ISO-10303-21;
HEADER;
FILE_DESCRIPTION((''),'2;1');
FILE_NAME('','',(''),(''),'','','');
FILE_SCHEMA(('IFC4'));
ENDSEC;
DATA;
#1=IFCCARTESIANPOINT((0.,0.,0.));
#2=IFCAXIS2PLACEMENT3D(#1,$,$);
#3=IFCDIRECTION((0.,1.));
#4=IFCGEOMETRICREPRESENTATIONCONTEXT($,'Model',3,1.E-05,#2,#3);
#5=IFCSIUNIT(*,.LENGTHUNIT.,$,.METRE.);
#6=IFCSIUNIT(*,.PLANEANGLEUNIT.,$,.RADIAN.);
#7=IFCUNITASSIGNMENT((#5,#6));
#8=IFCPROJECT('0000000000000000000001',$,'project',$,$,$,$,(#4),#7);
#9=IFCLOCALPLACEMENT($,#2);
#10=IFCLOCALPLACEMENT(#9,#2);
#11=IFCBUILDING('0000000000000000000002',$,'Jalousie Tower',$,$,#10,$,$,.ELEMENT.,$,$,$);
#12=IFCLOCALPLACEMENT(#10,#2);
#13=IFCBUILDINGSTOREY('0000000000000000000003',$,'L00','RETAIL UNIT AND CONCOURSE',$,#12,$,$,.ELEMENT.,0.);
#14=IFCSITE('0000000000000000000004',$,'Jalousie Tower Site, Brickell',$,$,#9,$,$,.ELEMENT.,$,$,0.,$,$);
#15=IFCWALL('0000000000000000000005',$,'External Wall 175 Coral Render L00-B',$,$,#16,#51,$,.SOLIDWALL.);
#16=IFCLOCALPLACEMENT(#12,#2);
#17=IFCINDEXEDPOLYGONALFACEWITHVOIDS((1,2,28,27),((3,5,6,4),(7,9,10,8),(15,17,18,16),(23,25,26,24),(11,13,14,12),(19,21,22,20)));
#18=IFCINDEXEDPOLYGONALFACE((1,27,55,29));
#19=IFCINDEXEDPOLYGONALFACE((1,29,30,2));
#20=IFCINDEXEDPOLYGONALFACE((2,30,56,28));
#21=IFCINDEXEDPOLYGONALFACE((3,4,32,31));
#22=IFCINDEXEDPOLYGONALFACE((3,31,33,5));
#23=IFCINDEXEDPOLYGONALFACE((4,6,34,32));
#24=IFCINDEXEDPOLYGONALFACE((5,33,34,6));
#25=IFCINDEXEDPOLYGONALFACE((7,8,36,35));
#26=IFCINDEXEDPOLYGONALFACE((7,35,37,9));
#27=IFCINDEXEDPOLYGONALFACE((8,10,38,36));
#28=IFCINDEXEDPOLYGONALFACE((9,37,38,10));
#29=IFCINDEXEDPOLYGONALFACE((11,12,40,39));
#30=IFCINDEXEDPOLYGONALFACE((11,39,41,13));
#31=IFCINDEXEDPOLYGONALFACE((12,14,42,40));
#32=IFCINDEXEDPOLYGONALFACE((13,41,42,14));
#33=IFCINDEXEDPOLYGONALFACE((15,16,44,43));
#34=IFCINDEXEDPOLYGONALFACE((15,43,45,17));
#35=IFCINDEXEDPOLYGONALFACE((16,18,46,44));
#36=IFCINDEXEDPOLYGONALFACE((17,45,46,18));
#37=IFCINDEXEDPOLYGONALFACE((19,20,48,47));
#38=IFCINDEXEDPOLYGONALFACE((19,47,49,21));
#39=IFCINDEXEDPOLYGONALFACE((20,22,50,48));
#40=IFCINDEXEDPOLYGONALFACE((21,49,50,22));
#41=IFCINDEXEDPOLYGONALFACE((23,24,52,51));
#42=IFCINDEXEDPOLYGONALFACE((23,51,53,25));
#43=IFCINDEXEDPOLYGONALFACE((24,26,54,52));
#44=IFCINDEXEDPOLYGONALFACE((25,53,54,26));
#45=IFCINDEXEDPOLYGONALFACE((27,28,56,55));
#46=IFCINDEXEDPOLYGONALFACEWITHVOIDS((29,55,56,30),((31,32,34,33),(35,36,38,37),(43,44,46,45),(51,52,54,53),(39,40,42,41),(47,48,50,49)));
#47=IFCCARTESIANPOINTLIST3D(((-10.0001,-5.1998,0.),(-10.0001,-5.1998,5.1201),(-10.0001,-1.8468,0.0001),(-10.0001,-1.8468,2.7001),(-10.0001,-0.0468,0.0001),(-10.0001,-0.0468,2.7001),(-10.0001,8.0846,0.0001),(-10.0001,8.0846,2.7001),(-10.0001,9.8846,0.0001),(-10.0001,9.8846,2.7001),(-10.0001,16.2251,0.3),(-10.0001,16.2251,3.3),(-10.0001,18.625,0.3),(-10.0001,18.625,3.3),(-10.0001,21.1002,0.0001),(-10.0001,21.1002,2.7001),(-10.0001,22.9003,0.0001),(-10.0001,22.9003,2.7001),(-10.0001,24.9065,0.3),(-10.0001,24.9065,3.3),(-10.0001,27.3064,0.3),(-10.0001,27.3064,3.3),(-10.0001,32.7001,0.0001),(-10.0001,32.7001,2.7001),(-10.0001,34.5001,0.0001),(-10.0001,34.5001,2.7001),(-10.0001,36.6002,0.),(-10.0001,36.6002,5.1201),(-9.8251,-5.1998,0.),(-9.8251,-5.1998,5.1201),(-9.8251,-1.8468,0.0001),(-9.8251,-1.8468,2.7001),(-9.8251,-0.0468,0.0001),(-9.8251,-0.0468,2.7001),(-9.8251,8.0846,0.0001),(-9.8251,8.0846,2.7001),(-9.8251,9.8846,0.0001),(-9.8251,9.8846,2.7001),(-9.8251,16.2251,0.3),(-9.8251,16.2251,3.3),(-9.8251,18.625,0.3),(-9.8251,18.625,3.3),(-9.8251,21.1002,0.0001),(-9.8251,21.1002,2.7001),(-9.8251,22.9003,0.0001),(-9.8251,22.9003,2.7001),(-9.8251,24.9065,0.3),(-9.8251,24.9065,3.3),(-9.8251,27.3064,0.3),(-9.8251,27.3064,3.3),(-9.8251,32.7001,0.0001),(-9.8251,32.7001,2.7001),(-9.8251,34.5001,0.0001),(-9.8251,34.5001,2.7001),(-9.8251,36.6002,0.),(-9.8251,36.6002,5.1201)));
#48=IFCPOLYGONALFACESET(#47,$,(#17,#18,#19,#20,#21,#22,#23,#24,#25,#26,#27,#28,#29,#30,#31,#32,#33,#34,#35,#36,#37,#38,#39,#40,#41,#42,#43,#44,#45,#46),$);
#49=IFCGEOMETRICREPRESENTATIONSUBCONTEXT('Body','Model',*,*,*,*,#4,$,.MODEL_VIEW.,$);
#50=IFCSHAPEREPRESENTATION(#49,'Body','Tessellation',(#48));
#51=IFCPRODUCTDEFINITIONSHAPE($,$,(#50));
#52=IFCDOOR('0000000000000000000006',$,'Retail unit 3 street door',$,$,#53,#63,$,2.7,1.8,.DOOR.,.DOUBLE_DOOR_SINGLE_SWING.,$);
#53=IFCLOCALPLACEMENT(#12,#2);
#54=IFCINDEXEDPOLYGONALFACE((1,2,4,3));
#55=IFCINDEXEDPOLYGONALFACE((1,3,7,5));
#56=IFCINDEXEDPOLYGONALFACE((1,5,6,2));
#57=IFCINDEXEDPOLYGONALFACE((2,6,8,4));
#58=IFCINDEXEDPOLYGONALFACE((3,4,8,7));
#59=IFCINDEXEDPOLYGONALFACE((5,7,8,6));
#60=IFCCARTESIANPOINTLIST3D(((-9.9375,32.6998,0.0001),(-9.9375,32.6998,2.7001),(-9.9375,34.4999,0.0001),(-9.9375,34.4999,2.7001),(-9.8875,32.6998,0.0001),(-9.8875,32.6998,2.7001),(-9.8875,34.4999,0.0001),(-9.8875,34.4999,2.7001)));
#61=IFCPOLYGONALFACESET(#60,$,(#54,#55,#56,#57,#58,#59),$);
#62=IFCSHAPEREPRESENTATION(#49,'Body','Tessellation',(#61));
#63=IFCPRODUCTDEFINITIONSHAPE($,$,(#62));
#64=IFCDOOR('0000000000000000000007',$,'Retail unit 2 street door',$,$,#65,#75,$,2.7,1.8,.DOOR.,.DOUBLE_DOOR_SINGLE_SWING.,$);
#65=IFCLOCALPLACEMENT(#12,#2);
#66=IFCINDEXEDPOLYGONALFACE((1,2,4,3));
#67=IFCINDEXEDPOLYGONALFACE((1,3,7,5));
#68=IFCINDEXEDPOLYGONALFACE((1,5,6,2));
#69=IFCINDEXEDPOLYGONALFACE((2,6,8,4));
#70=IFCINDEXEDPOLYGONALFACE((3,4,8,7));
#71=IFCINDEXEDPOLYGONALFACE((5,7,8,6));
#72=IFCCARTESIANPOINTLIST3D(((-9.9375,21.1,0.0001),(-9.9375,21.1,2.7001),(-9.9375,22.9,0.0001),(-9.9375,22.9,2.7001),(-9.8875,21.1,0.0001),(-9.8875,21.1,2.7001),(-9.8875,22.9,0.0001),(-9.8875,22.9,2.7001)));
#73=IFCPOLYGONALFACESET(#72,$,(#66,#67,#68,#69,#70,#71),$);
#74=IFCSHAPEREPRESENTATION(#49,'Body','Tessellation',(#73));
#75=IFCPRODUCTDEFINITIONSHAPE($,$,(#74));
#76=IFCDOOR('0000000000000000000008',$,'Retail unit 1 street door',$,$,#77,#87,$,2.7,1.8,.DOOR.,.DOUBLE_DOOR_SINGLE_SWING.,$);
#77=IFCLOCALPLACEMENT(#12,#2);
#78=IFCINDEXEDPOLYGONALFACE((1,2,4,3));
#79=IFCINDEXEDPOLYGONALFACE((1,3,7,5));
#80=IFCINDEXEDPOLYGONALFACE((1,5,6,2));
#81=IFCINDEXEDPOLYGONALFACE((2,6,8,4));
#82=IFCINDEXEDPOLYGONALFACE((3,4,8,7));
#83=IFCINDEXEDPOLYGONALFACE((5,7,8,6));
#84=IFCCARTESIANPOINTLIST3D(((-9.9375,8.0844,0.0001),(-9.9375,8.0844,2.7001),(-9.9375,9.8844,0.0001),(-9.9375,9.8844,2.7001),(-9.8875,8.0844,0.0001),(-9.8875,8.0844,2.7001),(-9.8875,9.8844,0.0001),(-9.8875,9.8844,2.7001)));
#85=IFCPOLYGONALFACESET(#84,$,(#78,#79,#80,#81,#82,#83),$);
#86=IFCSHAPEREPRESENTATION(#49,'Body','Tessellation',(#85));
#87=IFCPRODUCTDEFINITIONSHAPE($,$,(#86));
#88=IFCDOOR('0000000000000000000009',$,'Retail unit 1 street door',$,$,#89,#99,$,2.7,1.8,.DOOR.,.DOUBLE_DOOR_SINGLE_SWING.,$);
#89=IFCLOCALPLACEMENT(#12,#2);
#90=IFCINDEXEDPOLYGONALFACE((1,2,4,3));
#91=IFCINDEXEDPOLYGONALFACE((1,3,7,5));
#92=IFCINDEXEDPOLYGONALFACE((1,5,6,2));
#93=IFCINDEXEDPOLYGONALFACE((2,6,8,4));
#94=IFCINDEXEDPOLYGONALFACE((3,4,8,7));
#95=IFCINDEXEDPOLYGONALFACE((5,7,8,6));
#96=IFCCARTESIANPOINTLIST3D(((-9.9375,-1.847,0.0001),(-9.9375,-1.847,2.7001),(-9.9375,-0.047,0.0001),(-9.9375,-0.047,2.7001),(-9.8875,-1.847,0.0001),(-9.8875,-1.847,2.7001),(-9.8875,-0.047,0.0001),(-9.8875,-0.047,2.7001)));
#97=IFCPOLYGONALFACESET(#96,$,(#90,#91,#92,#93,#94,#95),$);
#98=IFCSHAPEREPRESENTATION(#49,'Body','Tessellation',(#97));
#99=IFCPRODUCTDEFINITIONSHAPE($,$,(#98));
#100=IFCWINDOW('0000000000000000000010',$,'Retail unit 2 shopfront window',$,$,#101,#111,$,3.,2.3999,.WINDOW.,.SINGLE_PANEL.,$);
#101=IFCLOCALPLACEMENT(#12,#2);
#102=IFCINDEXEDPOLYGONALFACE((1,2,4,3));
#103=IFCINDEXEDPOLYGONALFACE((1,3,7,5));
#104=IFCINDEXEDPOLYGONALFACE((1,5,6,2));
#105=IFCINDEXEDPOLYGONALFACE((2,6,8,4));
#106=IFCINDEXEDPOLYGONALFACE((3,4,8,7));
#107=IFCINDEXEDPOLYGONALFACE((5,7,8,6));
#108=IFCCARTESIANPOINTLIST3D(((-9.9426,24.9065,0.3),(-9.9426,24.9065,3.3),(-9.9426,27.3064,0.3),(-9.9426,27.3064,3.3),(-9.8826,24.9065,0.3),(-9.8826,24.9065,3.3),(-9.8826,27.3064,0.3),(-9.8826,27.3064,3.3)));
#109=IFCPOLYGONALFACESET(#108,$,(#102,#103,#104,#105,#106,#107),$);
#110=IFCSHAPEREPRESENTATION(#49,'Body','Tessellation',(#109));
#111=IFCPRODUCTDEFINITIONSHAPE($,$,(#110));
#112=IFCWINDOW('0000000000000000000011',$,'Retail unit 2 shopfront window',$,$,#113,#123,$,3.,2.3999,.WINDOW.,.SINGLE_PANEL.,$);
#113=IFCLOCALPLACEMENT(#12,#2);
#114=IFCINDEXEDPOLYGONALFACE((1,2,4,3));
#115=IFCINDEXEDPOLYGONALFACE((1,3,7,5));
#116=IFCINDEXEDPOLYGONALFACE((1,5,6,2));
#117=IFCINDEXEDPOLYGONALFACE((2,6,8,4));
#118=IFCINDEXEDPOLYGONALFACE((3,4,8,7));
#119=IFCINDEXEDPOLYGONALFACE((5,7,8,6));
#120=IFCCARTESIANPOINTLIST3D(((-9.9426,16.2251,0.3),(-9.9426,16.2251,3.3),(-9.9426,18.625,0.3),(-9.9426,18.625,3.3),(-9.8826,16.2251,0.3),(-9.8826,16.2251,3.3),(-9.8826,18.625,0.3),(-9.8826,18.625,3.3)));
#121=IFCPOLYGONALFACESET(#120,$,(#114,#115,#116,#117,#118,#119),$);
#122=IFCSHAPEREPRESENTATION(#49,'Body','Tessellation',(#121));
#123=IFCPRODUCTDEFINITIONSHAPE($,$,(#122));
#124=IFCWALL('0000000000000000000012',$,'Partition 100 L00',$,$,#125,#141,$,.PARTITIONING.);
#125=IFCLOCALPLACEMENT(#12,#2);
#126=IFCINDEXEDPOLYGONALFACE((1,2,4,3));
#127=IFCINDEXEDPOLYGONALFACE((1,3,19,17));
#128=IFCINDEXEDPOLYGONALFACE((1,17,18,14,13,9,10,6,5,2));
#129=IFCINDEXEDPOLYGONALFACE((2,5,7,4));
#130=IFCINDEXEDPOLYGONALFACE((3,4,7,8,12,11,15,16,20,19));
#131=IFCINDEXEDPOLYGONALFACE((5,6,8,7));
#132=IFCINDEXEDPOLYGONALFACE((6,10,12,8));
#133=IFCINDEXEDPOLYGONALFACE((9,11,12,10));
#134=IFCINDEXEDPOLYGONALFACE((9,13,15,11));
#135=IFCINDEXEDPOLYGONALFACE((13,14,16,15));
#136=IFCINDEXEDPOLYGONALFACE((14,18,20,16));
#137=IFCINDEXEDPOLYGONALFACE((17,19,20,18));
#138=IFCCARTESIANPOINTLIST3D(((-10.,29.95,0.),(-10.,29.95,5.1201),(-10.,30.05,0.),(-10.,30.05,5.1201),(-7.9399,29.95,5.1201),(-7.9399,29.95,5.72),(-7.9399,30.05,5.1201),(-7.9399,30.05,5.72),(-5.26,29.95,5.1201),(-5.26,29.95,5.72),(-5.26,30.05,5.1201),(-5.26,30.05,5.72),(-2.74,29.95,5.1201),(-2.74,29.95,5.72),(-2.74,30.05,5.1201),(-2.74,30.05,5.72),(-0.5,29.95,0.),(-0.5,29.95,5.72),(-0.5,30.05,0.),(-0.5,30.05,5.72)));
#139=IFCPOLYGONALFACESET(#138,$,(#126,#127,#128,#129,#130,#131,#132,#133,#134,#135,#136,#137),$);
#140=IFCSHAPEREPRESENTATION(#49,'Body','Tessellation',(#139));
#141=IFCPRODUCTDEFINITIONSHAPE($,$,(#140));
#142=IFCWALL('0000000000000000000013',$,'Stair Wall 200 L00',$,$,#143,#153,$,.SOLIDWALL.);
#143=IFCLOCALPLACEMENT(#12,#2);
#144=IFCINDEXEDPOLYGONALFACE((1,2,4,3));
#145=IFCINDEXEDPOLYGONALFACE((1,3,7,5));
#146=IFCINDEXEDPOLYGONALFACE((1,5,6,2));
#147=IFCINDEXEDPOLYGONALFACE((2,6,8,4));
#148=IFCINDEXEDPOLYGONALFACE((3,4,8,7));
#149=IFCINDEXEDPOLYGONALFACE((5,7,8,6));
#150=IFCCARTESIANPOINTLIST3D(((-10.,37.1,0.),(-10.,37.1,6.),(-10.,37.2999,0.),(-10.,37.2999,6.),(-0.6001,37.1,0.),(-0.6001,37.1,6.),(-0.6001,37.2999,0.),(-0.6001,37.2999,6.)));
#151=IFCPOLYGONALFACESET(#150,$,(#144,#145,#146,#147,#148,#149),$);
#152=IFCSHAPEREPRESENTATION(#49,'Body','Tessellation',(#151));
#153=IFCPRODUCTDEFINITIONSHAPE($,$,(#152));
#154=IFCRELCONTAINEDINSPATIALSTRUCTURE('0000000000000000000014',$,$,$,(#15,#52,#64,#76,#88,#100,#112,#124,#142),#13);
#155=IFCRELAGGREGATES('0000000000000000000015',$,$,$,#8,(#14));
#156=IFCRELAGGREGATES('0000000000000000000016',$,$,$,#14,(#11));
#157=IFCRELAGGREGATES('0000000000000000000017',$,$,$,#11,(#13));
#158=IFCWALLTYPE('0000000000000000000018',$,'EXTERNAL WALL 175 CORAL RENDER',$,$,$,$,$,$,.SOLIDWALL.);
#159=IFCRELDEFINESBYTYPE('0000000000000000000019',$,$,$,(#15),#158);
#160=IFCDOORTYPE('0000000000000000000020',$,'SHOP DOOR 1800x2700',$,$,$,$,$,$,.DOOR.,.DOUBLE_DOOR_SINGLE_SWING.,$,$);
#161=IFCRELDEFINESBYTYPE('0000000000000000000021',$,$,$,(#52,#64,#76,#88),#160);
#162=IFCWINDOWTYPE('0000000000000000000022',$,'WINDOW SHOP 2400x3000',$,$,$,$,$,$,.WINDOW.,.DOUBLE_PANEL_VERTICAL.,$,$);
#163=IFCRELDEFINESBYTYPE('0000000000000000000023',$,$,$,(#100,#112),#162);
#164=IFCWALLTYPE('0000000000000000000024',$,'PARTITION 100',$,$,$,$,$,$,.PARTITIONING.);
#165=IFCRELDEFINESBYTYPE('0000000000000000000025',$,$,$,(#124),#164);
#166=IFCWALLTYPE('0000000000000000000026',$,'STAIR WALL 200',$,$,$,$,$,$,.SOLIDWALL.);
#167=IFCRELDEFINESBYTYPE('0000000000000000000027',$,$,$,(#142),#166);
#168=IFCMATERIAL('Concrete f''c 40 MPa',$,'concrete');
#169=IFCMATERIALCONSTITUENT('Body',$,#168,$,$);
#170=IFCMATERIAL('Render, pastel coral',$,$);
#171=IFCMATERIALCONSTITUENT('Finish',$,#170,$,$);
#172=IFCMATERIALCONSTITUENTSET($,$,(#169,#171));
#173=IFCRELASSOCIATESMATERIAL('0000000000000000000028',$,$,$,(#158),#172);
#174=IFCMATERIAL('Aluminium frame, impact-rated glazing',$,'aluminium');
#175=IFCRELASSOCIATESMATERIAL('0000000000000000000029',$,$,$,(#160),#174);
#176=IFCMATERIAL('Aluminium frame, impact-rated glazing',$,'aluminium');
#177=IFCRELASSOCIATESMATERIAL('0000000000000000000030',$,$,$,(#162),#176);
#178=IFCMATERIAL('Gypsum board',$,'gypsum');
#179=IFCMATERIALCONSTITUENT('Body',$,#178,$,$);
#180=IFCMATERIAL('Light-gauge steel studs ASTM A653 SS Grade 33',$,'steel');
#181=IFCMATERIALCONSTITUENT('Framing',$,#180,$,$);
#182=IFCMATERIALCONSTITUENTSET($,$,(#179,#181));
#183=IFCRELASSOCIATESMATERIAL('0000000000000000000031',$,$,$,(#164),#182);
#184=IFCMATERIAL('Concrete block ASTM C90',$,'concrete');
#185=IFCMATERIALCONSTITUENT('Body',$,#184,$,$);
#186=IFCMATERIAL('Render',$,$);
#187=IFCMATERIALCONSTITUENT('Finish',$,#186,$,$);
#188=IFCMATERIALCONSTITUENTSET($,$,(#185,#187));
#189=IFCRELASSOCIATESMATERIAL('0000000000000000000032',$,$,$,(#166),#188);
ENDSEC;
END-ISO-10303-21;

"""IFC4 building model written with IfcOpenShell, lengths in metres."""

from ifc_helpers import new_model, si_unit, direction, frame, frame_2d, origin, place, context, subcontext, project, spatial, polyline, rectangle, outline, extrude, material, constituent, constituent_set, type_object, element, fill, save


model = new_model("IFC4")

# Units and contexts
model_context = context("Model", 3, precision=1e-05, world=origin(), true_north=direction((0.0, 1.0)))
body_context = subcontext(model_context, "Body", "Model", "MODEL_VIEW")
ifc_project = project(units=[si_unit("LENGTHUNIT", "METRE"), si_unit("PLANEANGLEUNIT", "RADIAN")], contexts=[model_context])

# Site, building, storey
site_placement = place(None, origin())
site = spatial("IfcSite", under=ifc_project, at=site_placement, Name="Jalousie Tower Site, Brickell", CompositionType="ELEMENT", RefElevation=0.0)
building_placement = place(site_placement, origin())
building = spatial("IfcBuilding", under=site, at=building_placement, Name="Jalousie Tower", CompositionType="ELEMENT")
storey_placement = place(building_placement, origin())
storey = spatial("IfcBuildingStorey", under=building, at=storey_placement, Name="L00", Description="RETAIL UNIT AND CONCOURSE", CompositionType="ELEMENT", Elevation=0.0)

# Wall, openings, doors, windows
ifc_material_1 = material(Name="Concrete f'c 40 MPa", Category="concrete")
ifc_constituent_1 = constituent(ifc_material_1, Name="Body")
ifc_material_2 = material(Name="Render, pastel coral")
ifc_constituent_2 = constituent(ifc_material_2, Name="Finish")
ifc_constituent_set_1 = constituent_set(constituents=[ifc_constituent_1, ifc_constituent_2])
wall_type_1 = type_object("IfcWallType", Name="EXTERNAL WALL 175 CORAL RENDER", PredefinedType="SOLIDWALL", material=ifc_constituent_set_1)
wall_1_placement = place(storey_placement, frame((-9.9126, 36.6001, 0.0), z_axis=(0.0, 0.0, 1.0), x_axis=(0.0, -1.0, 0.0)))
wall_1 = element("IfcWall", 1, at=wall_1_placement, inside=storey, type_object=wall_type_1, Name="External Wall 175 Coral Render L00-B", PredefinedType="SOLIDWALL", context=body_context, shape_type="SweptSolid", body=[
    extrude(rectangle(XDim=41.8, YDim=0.175, at=frame_2d((20.8999, 0.0))), origin(), (0.0, 0.0, 1.0), 5.1201),
])
opening_1_placement = place(wall_1_placement, frame((2.1001, 0.0, 0.0)))
opening_1 = element("IfcOpeningElement", 2, at=opening_1_placement, cuts=wall_1, PredefinedType="OPENING", context=body_context, shape_type="SweptSolid", body=[
    extrude(rectangle(XDim=1.8, YDim=2.7, at=frame_2d((0.8999, 1.3501))), frame((0.0, 0.0974, 0.0), z_axis=(0.0, -1.0, 0.0), x_axis=(1.0, 0.0, 0.0)), (0.0, 0.0, 1.0), 0.1951),
])
opening_2_placement = place(wall_1_placement, frame((13.7, 0.0, 0.0)))
opening_2 = element("IfcOpeningElement", 3, at=opening_2_placement, cuts=wall_1, PredefinedType="OPENING", context=body_context, shape_type="SweptSolid", body=[
    extrude(rectangle(XDim=1.8, YDim=2.7, at=frame_2d((0.8999, 1.3501))), frame((0.0, 0.0974, 0.0), z_axis=(0.0, -1.0, 0.0), x_axis=(1.0, 0.0, 0.0)), (0.0, 0.0, 1.0), 0.1951),
])
opening_3_placement = place(wall_1_placement, frame((9.2937, 0.0, 0.3)))
opening_3 = element("IfcOpeningElement", 4, at=opening_3_placement, cuts=wall_1, PredefinedType="OPENING", context=body_context, shape_type="SweptSolid", body=[
    extrude(rectangle(XDim=2.3999, YDim=3.0, at=frame_2d((1.2, 1.5))), frame((0.0, 0.0974, 0.0), z_axis=(0.0, -1.0, 0.0), x_axis=(1.0, 0.0, 0.0)), (0.0, 0.0, 1.0), 0.1951),
])
opening_4_placement = place(wall_1_placement, frame((17.9751, 0.0, 0.3)))
opening_4 = element("IfcOpeningElement", 5, at=opening_4_placement, cuts=wall_1, PredefinedType="OPENING", context=body_context, shape_type="SweptSolid", body=[
    extrude(rectangle(XDim=2.3999, YDim=3.0, at=frame_2d((1.2, 1.5))), frame((0.0, 0.0974, 0.0), z_axis=(0.0, -1.0, 0.0), x_axis=(1.0, 0.0, 0.0)), (0.0, 0.0, 1.0), 0.1951),
])
opening_5_placement = place(wall_1_placement, frame((26.7156, 0.0, 0.0)))
opening_5 = element("IfcOpeningElement", 6, at=opening_5_placement, cuts=wall_1, PredefinedType="OPENING", context=body_context, shape_type="SweptSolid", body=[
    extrude(rectangle(XDim=1.8, YDim=2.7, at=frame_2d((0.8999, 1.3501))), frame((0.0, 0.0974, 0.0), z_axis=(0.0, -1.0, 0.0), x_axis=(1.0, 0.0, 0.0)), (0.0, 0.0, 1.0), 0.1951),
])
opening_6_placement = place(wall_1_placement, frame((36.647, 0.0, 0.0)))
opening_6 = element("IfcOpeningElement", 7, at=opening_6_placement, cuts=wall_1, PredefinedType="OPENING", context=body_context, shape_type="SweptSolid", body=[
    extrude(rectangle(XDim=1.8, YDim=2.7, at=frame_2d((0.8999, 1.3501))), frame((0.0, 0.0974, 0.0), z_axis=(0.0, -1.0, 0.0), x_axis=(1.0, 0.0, 0.0)), (0.0, 0.0, 1.0), 0.1951),
])
ifc_material_3 = material(Name="Aluminium frame, impact-rated glazing", Category="aluminium")
door_type_1 = type_object("IfcDoorType", Name="SHOP DOOR 1800x2700", OperationType="DOUBLE_DOOR_SINGLE_SWING", PredefinedType="DOOR", material=ifc_material_3)
door_1_placement = place(opening_1_placement, frame((1.8, 0.0, 0.0), z_axis=(0.0, 0.0, 1.0), x_axis=(-1.0, 0.0, 0.0)))
door_1 = element("IfcDoor", 8, at=door_1_placement, inside=storey, type_object=door_type_1, Name="Retail unit 3 street door", OperationType="DOUBLE_DOOR_SINGLE_SWING", OverallHeight=2.7, OverallWidth=1.8, PredefinedType="DOOR", context=body_context, shape_type="SweptSolid", body=[
    extrude(rectangle(XDim=1.8, YDim=2.7, at=frame_2d((0.8999, 1.3501))), frame((0.0, 0.0249, 0.0), z_axis=(0.0, -1.0, 0.0), x_axis=(1.0, 0.0, 0.0)), (0.0, 0.0, 1.0), 0.05),
])
fill(opening_1, door_1)
door_2_placement = place(opening_2_placement, frame((1.8, 0.0, 0.0), z_axis=(0.0, 0.0, 1.0), x_axis=(-1.0, 0.0, 0.0)))
door_2 = element("IfcDoor", 9, at=door_2_placement, inside=storey, type_object=door_type_1, Name="Retail unit 2 street door", OperationType="DOUBLE_DOOR_SINGLE_SWING", OverallHeight=2.7, OverallWidth=1.8, PredefinedType="DOOR", context=body_context, shape_type="SweptSolid", body=[
    extrude(rectangle(XDim=1.8, YDim=2.7, at=frame_2d((0.8999, 1.3501))), frame((0.0, 0.0249, 0.0), z_axis=(0.0, -1.0, 0.0), x_axis=(1.0, 0.0, 0.0)), (0.0, 0.0, 1.0), 0.05),
])
fill(opening_2, door_2)
door_3_placement = place(opening_5_placement, frame((1.8, 0.0, 0.0), z_axis=(0.0, 0.0, 1.0), x_axis=(-1.0, 0.0, 0.0)))
door_3 = element("IfcDoor", 10, at=door_3_placement, inside=storey, type_object=door_type_1, Name="Retail unit 1 street door", OperationType="DOUBLE_DOOR_SINGLE_SWING", OverallHeight=2.7, OverallWidth=1.8, PredefinedType="DOOR", context=body_context, shape_type="SweptSolid", body=[
    extrude(rectangle(XDim=1.8, YDim=2.7, at=frame_2d((0.8999, 1.3501))), frame((0.0, 0.0249, 0.0), z_axis=(0.0, -1.0, 0.0), x_axis=(1.0, 0.0, 0.0)), (0.0, 0.0, 1.0), 0.05),
])
fill(opening_5, door_3)
door_4_placement = place(opening_6_placement, frame((1.8, 0.0, 0.0), z_axis=(0.0, 0.0, 1.0), x_axis=(-1.0, 0.0, 0.0)))
door_4 = element("IfcDoor", 11, at=door_4_placement, inside=storey, type_object=door_type_1, Name="Retail unit 1 street door", OperationType="DOUBLE_DOOR_SINGLE_SWING", OverallHeight=2.7, OverallWidth=1.8, PredefinedType="DOOR", context=body_context, shape_type="SweptSolid", body=[
    extrude(rectangle(XDim=1.8, YDim=2.7, at=frame_2d((0.8999, 1.3501))), frame((0.0, 0.0249, 0.0), z_axis=(0.0, -1.0, 0.0), x_axis=(1.0, 0.0, 0.0)), (0.0, 0.0, 1.0), 0.05),
])
fill(opening_6, door_4)
ifc_material_4 = material(Name="Aluminium frame, impact-rated glazing", Category="aluminium")
window_type = type_object("IfcWindowType", Name="WINDOW SHOP 2400x3000", PartitioningType="DOUBLE_PANEL_VERTICAL", PredefinedType="WINDOW", material=ifc_material_4)
window_1_placement = place(opening_3_placement, origin())
window_1 = element("IfcWindow", 12, at=window_1_placement, inside=storey, type_object=window_type, Name="Retail unit 2 shopfront window", OverallHeight=3.0, OverallWidth=2.3999, PartitioningType="SINGLE_PANEL", PredefinedType="WINDOW", context=body_context, shape_type="SweptSolid", body=[
    extrude(rectangle(XDim=2.3999, YDim=3.0, at=frame_2d((1.2, 1.5))), frame((0.0, 0.03, 0.0), z_axis=(0.0, -1.0, 0.0), x_axis=(1.0, 0.0, 0.0)), (0.0, 0.0, 1.0), 0.0601),
])
fill(opening_3, window_1)
window_2_placement = place(opening_4_placement, origin())
window_2 = element("IfcWindow", 13, at=window_2_placement, inside=storey, type_object=window_type, Name="Retail unit 2 shopfront window", OverallHeight=3.0, OverallWidth=2.3999, PartitioningType="SINGLE_PANEL", PredefinedType="WINDOW", context=body_context, shape_type="SweptSolid", body=[
    extrude(rectangle(XDim=2.3999, YDim=3.0, at=frame_2d((1.2, 1.5))), frame((0.0, 0.03, 0.0), z_axis=(0.0, -1.0, 0.0), x_axis=(1.0, 0.0, 0.0)), (0.0, 0.0, 1.0), 0.0601),
])
fill(opening_4, window_2)

# Walls
ifc_material_5 = material(Name="Gypsum board", Category="gypsum")
ifc_constituent_3 = constituent(ifc_material_5, Name="Body")
ifc_material_6 = material(Name="Light-gauge steel studs ASTM A653 SS Grade 33", Category="steel")
ifc_constituent_4 = constituent(ifc_material_6, Name="Framing")
ifc_constituent_set_2 = constituent_set(constituents=[ifc_constituent_3, ifc_constituent_4])
wall_type_2 = type_object("IfcWallType", Name="PARTITION 100", PredefinedType="PARTITIONING", material=ifc_constituent_set_2)
wall_2_placement = place(storey_placement, frame((-10.0, 30.0, 0.0), z_axis=(0.0, 0.0, 1.0), x_axis=(1.0, 0.0, 0.0)))
element("IfcWall", 14, at=wall_2_placement, inside=storey, type_object=wall_type_2, Name="Partition 100 L00", PredefinedType="PARTITIONING", context=body_context, shape_type="SweptSolid", body=[
    extrude(outline(polyline([(0.0, 0.0), (9.5, 0.0), (9.5, 5.72), (7.26, 5.72), (7.26, 5.1201), (4.74, 5.1201), (4.74, 5.72), (2.0601, 5.72), (2.0601, 5.1201), (0.0, 5.1201), (0.0, 5.72), (0.0, 0.0)])), frame((0.0, 0.05, 0.0), z_axis=(0.0, -1.0, 0.0), x_axis=(1.0, 0.0, 0.0)), (0.0, 0.0, 1.0), 0.1001),
])
ifc_material_7 = material(Name="Concrete block ASTM C90", Category="concrete")
ifc_constituent_5 = constituent(ifc_material_7, Name="Body")
ifc_material_8 = material(Name="Render")
ifc_constituent_6 = constituent(ifc_material_8, Name="Finish")
ifc_constituent_set_3 = constituent_set(constituents=[ifc_constituent_5, ifc_constituent_6])
wall_type_3 = type_object("IfcWallType", Name="STAIR WALL 200", PredefinedType="SOLIDWALL", material=ifc_constituent_set_3)
wall_3_placement = place(storey_placement, frame((-10.0, 37.2, 0.0), z_axis=(0.0, 0.0, 1.0), x_axis=(1.0, 0.0, 0.0)))
element("IfcWall", 15, at=wall_3_placement, inside=storey, type_object=wall_type_3, Name="Stair Wall 200 L00", PredefinedType="SOLIDWALL", context=body_context, shape_type="SweptSolid", body=[
    extrude(rectangle(XDim=9.3999, YDim=0.2, at=frame_2d((4.7, 0.0))), origin(), (0.0, 0.0, 1.0), 6.0),
])

save(model, "model.ifc")
